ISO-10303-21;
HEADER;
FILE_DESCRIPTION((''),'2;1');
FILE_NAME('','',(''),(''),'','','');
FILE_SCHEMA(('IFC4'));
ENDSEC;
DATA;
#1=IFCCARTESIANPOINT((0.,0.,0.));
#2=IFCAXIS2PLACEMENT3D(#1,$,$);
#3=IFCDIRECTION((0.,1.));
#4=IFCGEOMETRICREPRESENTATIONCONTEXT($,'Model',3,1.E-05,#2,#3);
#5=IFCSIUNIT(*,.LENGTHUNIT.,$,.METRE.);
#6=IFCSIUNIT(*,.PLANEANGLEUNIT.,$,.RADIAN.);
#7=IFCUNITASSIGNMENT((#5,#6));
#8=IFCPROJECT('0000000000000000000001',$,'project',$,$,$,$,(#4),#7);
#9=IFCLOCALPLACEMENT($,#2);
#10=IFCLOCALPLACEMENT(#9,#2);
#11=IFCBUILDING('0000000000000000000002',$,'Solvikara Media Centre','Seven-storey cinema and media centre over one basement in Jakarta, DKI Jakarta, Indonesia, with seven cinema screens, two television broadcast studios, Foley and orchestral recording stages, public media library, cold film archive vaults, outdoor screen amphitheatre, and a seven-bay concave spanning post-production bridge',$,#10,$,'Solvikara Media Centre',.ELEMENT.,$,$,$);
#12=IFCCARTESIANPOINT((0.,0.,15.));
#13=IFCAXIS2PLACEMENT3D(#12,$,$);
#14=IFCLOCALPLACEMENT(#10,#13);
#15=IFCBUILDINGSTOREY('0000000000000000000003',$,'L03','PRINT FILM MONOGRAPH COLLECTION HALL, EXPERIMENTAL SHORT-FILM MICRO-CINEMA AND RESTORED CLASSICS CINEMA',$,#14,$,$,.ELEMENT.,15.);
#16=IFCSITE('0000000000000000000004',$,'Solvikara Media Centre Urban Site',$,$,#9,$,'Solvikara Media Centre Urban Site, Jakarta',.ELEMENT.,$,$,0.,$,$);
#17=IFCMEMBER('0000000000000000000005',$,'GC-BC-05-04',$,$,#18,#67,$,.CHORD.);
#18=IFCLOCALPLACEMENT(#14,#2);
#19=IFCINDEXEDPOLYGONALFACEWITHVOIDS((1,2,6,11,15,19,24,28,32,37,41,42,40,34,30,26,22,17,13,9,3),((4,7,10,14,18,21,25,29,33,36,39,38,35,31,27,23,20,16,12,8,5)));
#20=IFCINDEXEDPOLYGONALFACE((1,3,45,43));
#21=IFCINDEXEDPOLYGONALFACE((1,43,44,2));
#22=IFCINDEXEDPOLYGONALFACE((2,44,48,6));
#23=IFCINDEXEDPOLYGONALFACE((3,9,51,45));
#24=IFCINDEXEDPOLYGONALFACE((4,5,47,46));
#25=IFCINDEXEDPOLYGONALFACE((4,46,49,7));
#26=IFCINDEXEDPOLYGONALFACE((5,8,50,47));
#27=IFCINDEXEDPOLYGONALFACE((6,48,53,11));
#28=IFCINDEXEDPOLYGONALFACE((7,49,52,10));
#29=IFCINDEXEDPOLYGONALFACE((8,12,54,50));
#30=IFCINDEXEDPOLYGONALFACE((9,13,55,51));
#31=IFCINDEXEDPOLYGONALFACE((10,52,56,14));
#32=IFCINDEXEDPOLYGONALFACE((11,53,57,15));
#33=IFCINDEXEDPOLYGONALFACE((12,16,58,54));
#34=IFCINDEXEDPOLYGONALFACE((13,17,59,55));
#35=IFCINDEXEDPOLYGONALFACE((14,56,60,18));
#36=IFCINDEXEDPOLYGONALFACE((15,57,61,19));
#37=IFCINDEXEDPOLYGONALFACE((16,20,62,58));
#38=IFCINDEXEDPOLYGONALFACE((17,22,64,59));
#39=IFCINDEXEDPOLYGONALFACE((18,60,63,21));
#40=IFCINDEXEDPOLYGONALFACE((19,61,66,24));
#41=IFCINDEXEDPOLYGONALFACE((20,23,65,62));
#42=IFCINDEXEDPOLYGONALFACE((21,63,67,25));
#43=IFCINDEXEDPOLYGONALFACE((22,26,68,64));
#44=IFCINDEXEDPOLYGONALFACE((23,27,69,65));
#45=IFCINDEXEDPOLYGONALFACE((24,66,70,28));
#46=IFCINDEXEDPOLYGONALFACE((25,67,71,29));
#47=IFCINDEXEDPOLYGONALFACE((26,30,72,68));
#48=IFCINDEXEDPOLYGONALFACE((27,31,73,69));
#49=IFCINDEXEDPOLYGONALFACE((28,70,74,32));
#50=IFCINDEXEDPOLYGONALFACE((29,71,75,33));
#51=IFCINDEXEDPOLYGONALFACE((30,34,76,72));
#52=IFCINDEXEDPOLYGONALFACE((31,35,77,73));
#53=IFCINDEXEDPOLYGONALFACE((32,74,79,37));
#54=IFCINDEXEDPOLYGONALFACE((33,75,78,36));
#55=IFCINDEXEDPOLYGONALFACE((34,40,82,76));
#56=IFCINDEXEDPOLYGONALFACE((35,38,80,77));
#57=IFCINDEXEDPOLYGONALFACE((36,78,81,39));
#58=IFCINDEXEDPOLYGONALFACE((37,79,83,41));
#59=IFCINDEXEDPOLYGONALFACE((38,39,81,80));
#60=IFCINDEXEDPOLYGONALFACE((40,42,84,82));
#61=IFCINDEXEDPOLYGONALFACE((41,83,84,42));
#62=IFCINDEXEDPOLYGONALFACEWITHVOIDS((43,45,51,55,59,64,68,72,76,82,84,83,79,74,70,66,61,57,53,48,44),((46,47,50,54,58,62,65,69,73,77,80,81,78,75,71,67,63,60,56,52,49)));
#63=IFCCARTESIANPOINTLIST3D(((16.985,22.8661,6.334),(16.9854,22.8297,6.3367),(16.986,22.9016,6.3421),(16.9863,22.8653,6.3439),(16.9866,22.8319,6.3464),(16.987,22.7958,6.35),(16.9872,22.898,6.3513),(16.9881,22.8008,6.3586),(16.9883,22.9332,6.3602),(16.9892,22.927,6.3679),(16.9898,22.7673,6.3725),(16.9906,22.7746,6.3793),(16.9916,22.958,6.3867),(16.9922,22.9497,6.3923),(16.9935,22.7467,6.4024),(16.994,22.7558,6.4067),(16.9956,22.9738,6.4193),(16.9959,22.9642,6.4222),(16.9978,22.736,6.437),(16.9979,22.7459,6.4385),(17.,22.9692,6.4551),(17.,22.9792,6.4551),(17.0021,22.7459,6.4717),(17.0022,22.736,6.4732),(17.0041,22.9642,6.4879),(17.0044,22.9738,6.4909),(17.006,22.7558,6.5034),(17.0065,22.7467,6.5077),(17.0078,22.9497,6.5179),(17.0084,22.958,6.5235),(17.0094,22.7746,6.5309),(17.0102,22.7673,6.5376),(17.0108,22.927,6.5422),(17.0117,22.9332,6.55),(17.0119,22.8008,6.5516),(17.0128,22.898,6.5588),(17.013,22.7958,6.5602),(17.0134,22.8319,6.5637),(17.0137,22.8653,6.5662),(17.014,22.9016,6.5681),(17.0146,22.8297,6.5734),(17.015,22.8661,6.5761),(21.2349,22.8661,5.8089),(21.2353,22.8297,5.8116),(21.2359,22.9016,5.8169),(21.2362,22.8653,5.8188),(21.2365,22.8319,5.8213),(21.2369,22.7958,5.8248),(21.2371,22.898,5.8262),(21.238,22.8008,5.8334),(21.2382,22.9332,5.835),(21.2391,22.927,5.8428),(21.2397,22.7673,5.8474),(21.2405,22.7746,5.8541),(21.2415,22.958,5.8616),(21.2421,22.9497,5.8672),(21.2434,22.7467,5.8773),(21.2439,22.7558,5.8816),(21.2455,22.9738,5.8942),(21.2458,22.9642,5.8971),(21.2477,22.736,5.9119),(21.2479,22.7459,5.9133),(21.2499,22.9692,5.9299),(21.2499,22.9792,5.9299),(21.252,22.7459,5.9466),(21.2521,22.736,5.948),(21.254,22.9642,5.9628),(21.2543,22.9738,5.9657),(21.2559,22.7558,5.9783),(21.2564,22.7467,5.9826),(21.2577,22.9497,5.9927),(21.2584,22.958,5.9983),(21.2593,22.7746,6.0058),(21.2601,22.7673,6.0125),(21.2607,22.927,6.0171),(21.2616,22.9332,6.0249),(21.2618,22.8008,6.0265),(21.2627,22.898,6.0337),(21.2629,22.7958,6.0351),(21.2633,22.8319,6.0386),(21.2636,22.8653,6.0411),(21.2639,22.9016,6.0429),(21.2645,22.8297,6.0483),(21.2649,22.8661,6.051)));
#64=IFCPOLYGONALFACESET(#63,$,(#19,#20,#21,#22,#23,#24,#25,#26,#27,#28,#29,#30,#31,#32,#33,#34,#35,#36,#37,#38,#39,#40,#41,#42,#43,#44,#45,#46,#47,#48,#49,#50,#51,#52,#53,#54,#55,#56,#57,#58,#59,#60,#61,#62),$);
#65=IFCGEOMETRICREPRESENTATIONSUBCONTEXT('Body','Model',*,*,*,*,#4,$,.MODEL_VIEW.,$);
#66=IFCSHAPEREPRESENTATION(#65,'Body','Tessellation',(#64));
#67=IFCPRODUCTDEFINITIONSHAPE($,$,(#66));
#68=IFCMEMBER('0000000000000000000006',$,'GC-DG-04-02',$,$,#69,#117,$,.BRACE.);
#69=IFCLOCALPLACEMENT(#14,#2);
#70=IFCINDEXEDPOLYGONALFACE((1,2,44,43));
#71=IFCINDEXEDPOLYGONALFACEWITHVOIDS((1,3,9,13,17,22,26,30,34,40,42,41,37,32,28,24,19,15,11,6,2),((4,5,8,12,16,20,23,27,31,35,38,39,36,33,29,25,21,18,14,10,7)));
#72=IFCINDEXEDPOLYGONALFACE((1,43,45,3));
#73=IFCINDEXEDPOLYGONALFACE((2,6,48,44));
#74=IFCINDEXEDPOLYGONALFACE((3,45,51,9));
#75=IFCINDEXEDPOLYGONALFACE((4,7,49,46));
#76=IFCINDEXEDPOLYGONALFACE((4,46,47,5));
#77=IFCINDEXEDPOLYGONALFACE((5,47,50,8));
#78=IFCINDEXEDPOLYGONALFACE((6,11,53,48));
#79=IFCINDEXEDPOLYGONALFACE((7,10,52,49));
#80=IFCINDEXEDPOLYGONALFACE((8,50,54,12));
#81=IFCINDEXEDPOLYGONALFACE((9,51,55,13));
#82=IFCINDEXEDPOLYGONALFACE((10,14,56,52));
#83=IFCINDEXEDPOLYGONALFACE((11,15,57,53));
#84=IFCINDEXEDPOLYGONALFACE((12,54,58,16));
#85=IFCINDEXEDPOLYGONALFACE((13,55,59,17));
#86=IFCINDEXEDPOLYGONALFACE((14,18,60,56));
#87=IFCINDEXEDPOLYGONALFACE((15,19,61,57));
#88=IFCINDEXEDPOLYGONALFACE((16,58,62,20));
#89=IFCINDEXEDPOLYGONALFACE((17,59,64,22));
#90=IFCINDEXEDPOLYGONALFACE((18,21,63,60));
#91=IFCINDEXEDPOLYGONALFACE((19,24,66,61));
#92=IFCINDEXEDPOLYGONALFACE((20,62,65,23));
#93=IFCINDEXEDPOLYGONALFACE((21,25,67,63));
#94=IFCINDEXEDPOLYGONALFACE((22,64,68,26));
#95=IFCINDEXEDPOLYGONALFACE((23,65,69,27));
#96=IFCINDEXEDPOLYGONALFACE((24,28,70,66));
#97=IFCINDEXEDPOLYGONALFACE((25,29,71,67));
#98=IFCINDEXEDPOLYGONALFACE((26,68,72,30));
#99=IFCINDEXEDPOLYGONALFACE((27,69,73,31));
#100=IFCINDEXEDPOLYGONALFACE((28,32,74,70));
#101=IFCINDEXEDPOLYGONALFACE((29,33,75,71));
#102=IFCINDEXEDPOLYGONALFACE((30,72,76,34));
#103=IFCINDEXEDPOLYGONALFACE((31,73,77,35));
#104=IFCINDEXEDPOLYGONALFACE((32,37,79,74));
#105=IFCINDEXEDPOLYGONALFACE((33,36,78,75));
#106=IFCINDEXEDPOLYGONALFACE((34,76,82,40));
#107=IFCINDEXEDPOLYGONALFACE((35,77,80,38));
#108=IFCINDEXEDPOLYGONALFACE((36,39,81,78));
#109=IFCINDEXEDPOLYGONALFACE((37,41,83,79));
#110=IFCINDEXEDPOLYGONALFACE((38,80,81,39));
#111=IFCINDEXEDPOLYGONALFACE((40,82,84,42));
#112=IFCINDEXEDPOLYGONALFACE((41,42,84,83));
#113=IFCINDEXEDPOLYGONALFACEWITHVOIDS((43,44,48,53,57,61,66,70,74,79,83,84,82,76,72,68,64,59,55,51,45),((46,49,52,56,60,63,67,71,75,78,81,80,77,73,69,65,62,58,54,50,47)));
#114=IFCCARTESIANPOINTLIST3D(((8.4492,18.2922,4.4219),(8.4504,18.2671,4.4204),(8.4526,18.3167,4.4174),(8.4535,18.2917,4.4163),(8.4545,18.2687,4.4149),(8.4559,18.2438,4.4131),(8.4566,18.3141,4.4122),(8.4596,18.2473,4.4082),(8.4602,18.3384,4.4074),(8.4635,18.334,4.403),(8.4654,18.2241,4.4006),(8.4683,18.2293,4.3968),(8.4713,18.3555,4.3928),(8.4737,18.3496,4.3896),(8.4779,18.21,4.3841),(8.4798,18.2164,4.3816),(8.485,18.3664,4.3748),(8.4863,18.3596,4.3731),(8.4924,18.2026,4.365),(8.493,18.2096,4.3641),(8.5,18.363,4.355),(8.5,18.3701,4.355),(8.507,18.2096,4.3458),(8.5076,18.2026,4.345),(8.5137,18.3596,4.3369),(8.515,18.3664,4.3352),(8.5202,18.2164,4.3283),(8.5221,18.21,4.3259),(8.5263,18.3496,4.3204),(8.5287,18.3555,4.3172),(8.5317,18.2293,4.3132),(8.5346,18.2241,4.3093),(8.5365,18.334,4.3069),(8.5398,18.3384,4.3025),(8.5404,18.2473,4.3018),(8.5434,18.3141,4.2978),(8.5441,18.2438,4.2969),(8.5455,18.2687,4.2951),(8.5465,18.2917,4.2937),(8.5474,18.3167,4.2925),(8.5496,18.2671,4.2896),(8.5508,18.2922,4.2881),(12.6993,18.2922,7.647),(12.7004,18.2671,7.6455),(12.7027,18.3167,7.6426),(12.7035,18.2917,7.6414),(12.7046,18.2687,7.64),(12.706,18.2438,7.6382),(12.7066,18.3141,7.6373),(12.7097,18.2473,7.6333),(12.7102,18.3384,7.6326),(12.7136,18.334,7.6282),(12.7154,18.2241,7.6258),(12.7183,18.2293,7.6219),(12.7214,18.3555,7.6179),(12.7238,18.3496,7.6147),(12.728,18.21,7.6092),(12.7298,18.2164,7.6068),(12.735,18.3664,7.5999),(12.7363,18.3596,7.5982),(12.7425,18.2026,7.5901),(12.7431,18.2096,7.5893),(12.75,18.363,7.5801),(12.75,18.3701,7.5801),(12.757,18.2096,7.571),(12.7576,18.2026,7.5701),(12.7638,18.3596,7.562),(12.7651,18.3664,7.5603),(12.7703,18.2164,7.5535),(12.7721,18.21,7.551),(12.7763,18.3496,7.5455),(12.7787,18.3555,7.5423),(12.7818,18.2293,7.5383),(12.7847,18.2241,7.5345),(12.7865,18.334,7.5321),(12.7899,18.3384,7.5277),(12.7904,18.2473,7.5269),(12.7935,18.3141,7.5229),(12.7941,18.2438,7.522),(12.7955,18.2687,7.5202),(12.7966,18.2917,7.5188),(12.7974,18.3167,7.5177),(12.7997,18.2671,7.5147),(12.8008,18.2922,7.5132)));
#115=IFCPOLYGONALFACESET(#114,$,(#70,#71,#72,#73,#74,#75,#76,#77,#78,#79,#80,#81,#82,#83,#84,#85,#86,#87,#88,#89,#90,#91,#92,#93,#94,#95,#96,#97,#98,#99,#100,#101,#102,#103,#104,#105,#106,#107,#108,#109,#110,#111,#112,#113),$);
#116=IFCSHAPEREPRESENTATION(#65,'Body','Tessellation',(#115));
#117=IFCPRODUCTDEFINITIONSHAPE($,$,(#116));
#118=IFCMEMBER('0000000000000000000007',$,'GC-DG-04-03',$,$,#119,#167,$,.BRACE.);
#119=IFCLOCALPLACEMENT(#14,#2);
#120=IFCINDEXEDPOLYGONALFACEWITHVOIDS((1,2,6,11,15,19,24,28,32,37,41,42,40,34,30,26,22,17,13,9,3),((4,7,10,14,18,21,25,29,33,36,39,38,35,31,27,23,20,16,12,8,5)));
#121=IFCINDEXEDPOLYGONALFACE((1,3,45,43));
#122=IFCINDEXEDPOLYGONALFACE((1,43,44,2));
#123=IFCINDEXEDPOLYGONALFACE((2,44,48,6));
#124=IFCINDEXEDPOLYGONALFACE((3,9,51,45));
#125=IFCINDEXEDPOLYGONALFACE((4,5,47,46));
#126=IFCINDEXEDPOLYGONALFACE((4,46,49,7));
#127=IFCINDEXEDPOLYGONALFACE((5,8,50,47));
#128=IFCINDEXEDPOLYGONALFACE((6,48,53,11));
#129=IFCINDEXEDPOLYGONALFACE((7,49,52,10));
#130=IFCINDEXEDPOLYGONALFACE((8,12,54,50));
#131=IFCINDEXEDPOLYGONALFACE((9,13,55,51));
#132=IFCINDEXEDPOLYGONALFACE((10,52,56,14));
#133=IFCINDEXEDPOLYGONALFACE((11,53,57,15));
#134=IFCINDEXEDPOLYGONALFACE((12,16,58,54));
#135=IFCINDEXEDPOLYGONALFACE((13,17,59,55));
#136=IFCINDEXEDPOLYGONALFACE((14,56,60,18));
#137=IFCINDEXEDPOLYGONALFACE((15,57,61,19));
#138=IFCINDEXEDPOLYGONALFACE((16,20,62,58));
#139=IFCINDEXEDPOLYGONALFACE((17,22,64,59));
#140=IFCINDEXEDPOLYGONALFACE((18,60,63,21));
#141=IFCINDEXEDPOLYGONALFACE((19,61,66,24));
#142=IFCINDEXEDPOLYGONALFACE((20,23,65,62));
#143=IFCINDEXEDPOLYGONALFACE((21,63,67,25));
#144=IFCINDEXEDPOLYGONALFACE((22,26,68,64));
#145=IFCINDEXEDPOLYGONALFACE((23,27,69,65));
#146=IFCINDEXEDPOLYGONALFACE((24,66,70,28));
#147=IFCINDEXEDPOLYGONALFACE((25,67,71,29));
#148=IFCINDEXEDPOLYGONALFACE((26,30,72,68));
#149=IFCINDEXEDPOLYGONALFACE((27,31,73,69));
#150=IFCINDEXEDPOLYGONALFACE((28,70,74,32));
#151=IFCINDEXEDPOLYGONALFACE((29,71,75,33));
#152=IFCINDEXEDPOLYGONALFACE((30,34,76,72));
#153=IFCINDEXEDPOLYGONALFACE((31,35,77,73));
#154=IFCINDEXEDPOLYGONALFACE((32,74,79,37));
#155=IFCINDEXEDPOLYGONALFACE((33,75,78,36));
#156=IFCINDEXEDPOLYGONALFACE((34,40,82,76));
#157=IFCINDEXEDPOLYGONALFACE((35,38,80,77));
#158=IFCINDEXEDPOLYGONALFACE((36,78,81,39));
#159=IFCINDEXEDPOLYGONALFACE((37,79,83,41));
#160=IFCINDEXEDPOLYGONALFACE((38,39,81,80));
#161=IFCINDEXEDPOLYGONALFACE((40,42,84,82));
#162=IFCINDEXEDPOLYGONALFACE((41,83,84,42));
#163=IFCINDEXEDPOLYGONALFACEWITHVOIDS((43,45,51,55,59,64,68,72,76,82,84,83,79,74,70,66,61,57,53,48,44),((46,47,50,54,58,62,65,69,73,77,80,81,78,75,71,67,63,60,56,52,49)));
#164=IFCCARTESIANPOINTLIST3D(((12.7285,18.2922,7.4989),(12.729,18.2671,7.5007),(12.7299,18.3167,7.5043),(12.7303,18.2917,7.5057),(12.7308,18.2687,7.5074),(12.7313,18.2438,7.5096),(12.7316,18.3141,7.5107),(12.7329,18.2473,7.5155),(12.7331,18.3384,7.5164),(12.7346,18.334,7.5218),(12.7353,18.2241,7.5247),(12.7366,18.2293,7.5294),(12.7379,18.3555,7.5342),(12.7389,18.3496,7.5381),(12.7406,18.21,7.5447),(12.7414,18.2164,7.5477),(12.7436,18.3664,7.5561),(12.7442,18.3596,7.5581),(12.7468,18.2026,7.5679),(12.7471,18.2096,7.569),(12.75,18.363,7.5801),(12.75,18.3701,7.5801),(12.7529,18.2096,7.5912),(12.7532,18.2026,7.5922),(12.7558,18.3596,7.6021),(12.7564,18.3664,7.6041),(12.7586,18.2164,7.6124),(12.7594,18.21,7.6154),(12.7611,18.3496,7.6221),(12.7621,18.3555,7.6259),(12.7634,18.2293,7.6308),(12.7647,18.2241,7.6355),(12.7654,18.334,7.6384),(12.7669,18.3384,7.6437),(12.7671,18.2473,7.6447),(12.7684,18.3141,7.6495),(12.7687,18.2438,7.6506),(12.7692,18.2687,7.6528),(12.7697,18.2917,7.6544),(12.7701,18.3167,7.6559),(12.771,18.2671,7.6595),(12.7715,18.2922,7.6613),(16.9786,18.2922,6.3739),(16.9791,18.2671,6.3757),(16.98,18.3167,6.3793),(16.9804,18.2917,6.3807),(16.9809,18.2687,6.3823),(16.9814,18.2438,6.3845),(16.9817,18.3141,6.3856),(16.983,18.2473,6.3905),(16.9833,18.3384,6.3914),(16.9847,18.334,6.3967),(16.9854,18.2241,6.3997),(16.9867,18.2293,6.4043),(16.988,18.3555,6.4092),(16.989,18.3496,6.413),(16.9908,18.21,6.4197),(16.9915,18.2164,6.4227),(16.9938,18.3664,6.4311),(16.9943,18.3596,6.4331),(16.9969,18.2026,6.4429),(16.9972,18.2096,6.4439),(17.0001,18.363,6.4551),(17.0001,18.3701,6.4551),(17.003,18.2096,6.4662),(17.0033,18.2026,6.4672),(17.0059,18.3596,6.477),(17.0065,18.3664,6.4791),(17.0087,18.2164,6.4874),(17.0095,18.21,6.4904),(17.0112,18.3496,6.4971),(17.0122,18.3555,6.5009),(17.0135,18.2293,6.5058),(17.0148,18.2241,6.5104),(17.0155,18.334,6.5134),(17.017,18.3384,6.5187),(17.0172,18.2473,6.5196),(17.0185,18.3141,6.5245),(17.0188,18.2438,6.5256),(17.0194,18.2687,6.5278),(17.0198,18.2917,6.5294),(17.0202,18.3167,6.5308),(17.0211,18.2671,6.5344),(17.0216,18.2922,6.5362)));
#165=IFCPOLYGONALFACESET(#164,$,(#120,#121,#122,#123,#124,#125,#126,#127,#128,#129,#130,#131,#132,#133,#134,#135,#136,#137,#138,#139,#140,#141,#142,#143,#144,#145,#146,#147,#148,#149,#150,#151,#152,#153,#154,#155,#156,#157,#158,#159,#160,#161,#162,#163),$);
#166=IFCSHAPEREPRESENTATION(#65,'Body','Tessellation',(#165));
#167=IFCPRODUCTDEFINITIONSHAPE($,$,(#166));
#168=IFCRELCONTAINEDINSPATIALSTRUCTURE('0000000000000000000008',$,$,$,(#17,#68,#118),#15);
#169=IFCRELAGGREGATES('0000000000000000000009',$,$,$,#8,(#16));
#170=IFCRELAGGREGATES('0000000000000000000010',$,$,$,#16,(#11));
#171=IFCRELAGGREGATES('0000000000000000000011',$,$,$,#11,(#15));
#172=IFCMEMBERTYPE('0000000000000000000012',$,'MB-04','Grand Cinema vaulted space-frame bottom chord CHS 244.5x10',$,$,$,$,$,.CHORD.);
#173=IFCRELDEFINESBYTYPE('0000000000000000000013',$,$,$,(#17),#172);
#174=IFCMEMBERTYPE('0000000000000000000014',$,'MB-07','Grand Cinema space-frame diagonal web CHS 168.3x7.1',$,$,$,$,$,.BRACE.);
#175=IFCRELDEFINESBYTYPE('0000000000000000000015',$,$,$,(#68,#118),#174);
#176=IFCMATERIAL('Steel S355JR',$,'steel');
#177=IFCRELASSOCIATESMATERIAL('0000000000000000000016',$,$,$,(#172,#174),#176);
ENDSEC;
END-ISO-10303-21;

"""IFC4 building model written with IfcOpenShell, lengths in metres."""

from ifc_helpers import new_model, si_unit, direction, frame, origin, origin_2d, place, context, subcontext, project, spatial, hollow_circle, extrude, material, material_profile, profile_set, type_object, element, save


model = new_model("IFC4")

# Units and contexts
model_context = context("Model", 3, precision=1e-05, world=origin(), true_north=direction((0.0, 1.0)))
body_context = subcontext(model_context, "Body", "Model", "MODEL_VIEW")
ifc_project = project(units=[si_unit("LENGTHUNIT", "METRE"), si_unit("PLANEANGLEUNIT", "RADIAN")], contexts=[model_context])

# Site, building, storey
site_placement = place(None, origin())
site = spatial("IfcSite", under=ifc_project, at=site_placement, Name="Solvikara Media Centre Urban Site", LongName="Solvikara Media Centre Urban Site, Jakarta", CompositionType="ELEMENT", RefElevation=0.0)
building_placement = place(site_placement, origin())
building = spatial("IfcBuilding", under=site, at=building_placement, Name="Solvikara Media Centre", Description="Seven-storey cinema and media centre over one basement in Jakarta, DKI Jakarta, Indonesia, with seven cinema screens, two television broadcast studios, Foley and orchestral recording stages, public media library, cold film archive vaults, outdoor screen amphitheatre, and a seven-bay concave spanning post-production bridge", LongName="Solvikara Media Centre", CompositionType="ELEMENT")
storey_placement = place(building_placement, frame((0.0, 0.0, 15.0)))
storey = spatial("IfcBuildingStorey", under=building, at=storey_placement, Name="L03", Description="PRINT FILM MONOGRAPH COLLECTION HALL, EXPERIMENTAL SHORT-FILM MICRO-CINEMA AND RESTORED CLASSICS CINEMA", CompositionType="ELEMENT", Elevation=15.0)

# Members
ifc_material = material(Name="Steel S355JR", Category="steel")
ifc_material_profile_1 = material_profile(ifc_material, hollow_circle(Radius=0.1223, WallThickness=0.01, at=origin_2d()), Name="CHS 244.5x10")
ifc_profile_set_1 = profile_set([ifc_material_profile_1], Name="Steel S355JR")
member_type_1 = type_object("IfcMemberType", Name="MB-04", Description="Grand Cinema vaulted space-frame bottom chord CHS 244.5x10", PredefinedType="CHORD", material=ifc_profile_set_1)
for number, where, z_axis, x_axis, name in (
    (1, (17.0, 22.8569, 6.4551), (0.992452, 0.0, -0.122631), (0.0, 1.0, 0.0), "GC-BC-05-04"),
):
    element("IfcMember", number, at=place(storey_placement, frame(where, z_axis=z_axis, x_axis=x_axis)), inside=storey, type_object=member_type_1, Name=name, PredefinedType="CHORD", context=body_context, shape_type="SweptSolid", body=[
        extrude(hollow_circle(Radius=0.1223, WallThickness=0.01, at=origin_2d()), origin(), (0.0, 0.0, 1.0), 4.2822),
    ])
ifc_material_profile_2 = material_profile(ifc_material, hollow_circle(Radius=0.0842, WallThickness=0.0071, at=origin_2d()), Name="CHS 168.3x7.1")
ifc_profile_set_2 = profile_set([ifc_material_profile_2], Name="Steel S355JR")
member_type_2 = type_object("IfcMemberType", Name="MB-07", Description="Grand Cinema space-frame diagonal web CHS 168.3x7.1", PredefinedType="BRACE", material=ifc_profile_set_2)
member_1_placement = place(storey_placement, frame((8.5, 18.2859, 4.355), z_axis=(0.796605, 0.0, 0.604501), x_axis=(0.0, 1.0, 0.0)))
element("IfcMember", 2, at=member_1_placement, inside=storey, type_object=member_type_2, Name="GC-DG-04-02", PredefinedType="BRACE", context=body_context, shape_type="SweptSolid", body=[
    extrude(hollow_circle(Radius=0.0842, WallThickness=0.0071, at=origin_2d()), origin(), (0.0, 0.0, 1.0), 5.3352),
])
for number, where, z_axis, x_axis, name in (
    (3, (12.75, 18.2859, 7.5801), (0.966705, 0.0, -0.255893), (0.0, 1.0, 0.0), "GC-DG-04-03"),
):
    element("IfcMember", number, at=place(storey_placement, frame(where, z_axis=z_axis, x_axis=x_axis)), inside=storey, type_object=member_type_2, Name=name, PredefinedType="BRACE", context=body_context, shape_type="SweptSolid", body=[
        extrude(hollow_circle(Radius=0.0842, WallThickness=0.0071, at=origin_2d()), origin(), (0.0, 0.0, 1.0), 4.3965),
    ])

save(model, "model.ifc")
